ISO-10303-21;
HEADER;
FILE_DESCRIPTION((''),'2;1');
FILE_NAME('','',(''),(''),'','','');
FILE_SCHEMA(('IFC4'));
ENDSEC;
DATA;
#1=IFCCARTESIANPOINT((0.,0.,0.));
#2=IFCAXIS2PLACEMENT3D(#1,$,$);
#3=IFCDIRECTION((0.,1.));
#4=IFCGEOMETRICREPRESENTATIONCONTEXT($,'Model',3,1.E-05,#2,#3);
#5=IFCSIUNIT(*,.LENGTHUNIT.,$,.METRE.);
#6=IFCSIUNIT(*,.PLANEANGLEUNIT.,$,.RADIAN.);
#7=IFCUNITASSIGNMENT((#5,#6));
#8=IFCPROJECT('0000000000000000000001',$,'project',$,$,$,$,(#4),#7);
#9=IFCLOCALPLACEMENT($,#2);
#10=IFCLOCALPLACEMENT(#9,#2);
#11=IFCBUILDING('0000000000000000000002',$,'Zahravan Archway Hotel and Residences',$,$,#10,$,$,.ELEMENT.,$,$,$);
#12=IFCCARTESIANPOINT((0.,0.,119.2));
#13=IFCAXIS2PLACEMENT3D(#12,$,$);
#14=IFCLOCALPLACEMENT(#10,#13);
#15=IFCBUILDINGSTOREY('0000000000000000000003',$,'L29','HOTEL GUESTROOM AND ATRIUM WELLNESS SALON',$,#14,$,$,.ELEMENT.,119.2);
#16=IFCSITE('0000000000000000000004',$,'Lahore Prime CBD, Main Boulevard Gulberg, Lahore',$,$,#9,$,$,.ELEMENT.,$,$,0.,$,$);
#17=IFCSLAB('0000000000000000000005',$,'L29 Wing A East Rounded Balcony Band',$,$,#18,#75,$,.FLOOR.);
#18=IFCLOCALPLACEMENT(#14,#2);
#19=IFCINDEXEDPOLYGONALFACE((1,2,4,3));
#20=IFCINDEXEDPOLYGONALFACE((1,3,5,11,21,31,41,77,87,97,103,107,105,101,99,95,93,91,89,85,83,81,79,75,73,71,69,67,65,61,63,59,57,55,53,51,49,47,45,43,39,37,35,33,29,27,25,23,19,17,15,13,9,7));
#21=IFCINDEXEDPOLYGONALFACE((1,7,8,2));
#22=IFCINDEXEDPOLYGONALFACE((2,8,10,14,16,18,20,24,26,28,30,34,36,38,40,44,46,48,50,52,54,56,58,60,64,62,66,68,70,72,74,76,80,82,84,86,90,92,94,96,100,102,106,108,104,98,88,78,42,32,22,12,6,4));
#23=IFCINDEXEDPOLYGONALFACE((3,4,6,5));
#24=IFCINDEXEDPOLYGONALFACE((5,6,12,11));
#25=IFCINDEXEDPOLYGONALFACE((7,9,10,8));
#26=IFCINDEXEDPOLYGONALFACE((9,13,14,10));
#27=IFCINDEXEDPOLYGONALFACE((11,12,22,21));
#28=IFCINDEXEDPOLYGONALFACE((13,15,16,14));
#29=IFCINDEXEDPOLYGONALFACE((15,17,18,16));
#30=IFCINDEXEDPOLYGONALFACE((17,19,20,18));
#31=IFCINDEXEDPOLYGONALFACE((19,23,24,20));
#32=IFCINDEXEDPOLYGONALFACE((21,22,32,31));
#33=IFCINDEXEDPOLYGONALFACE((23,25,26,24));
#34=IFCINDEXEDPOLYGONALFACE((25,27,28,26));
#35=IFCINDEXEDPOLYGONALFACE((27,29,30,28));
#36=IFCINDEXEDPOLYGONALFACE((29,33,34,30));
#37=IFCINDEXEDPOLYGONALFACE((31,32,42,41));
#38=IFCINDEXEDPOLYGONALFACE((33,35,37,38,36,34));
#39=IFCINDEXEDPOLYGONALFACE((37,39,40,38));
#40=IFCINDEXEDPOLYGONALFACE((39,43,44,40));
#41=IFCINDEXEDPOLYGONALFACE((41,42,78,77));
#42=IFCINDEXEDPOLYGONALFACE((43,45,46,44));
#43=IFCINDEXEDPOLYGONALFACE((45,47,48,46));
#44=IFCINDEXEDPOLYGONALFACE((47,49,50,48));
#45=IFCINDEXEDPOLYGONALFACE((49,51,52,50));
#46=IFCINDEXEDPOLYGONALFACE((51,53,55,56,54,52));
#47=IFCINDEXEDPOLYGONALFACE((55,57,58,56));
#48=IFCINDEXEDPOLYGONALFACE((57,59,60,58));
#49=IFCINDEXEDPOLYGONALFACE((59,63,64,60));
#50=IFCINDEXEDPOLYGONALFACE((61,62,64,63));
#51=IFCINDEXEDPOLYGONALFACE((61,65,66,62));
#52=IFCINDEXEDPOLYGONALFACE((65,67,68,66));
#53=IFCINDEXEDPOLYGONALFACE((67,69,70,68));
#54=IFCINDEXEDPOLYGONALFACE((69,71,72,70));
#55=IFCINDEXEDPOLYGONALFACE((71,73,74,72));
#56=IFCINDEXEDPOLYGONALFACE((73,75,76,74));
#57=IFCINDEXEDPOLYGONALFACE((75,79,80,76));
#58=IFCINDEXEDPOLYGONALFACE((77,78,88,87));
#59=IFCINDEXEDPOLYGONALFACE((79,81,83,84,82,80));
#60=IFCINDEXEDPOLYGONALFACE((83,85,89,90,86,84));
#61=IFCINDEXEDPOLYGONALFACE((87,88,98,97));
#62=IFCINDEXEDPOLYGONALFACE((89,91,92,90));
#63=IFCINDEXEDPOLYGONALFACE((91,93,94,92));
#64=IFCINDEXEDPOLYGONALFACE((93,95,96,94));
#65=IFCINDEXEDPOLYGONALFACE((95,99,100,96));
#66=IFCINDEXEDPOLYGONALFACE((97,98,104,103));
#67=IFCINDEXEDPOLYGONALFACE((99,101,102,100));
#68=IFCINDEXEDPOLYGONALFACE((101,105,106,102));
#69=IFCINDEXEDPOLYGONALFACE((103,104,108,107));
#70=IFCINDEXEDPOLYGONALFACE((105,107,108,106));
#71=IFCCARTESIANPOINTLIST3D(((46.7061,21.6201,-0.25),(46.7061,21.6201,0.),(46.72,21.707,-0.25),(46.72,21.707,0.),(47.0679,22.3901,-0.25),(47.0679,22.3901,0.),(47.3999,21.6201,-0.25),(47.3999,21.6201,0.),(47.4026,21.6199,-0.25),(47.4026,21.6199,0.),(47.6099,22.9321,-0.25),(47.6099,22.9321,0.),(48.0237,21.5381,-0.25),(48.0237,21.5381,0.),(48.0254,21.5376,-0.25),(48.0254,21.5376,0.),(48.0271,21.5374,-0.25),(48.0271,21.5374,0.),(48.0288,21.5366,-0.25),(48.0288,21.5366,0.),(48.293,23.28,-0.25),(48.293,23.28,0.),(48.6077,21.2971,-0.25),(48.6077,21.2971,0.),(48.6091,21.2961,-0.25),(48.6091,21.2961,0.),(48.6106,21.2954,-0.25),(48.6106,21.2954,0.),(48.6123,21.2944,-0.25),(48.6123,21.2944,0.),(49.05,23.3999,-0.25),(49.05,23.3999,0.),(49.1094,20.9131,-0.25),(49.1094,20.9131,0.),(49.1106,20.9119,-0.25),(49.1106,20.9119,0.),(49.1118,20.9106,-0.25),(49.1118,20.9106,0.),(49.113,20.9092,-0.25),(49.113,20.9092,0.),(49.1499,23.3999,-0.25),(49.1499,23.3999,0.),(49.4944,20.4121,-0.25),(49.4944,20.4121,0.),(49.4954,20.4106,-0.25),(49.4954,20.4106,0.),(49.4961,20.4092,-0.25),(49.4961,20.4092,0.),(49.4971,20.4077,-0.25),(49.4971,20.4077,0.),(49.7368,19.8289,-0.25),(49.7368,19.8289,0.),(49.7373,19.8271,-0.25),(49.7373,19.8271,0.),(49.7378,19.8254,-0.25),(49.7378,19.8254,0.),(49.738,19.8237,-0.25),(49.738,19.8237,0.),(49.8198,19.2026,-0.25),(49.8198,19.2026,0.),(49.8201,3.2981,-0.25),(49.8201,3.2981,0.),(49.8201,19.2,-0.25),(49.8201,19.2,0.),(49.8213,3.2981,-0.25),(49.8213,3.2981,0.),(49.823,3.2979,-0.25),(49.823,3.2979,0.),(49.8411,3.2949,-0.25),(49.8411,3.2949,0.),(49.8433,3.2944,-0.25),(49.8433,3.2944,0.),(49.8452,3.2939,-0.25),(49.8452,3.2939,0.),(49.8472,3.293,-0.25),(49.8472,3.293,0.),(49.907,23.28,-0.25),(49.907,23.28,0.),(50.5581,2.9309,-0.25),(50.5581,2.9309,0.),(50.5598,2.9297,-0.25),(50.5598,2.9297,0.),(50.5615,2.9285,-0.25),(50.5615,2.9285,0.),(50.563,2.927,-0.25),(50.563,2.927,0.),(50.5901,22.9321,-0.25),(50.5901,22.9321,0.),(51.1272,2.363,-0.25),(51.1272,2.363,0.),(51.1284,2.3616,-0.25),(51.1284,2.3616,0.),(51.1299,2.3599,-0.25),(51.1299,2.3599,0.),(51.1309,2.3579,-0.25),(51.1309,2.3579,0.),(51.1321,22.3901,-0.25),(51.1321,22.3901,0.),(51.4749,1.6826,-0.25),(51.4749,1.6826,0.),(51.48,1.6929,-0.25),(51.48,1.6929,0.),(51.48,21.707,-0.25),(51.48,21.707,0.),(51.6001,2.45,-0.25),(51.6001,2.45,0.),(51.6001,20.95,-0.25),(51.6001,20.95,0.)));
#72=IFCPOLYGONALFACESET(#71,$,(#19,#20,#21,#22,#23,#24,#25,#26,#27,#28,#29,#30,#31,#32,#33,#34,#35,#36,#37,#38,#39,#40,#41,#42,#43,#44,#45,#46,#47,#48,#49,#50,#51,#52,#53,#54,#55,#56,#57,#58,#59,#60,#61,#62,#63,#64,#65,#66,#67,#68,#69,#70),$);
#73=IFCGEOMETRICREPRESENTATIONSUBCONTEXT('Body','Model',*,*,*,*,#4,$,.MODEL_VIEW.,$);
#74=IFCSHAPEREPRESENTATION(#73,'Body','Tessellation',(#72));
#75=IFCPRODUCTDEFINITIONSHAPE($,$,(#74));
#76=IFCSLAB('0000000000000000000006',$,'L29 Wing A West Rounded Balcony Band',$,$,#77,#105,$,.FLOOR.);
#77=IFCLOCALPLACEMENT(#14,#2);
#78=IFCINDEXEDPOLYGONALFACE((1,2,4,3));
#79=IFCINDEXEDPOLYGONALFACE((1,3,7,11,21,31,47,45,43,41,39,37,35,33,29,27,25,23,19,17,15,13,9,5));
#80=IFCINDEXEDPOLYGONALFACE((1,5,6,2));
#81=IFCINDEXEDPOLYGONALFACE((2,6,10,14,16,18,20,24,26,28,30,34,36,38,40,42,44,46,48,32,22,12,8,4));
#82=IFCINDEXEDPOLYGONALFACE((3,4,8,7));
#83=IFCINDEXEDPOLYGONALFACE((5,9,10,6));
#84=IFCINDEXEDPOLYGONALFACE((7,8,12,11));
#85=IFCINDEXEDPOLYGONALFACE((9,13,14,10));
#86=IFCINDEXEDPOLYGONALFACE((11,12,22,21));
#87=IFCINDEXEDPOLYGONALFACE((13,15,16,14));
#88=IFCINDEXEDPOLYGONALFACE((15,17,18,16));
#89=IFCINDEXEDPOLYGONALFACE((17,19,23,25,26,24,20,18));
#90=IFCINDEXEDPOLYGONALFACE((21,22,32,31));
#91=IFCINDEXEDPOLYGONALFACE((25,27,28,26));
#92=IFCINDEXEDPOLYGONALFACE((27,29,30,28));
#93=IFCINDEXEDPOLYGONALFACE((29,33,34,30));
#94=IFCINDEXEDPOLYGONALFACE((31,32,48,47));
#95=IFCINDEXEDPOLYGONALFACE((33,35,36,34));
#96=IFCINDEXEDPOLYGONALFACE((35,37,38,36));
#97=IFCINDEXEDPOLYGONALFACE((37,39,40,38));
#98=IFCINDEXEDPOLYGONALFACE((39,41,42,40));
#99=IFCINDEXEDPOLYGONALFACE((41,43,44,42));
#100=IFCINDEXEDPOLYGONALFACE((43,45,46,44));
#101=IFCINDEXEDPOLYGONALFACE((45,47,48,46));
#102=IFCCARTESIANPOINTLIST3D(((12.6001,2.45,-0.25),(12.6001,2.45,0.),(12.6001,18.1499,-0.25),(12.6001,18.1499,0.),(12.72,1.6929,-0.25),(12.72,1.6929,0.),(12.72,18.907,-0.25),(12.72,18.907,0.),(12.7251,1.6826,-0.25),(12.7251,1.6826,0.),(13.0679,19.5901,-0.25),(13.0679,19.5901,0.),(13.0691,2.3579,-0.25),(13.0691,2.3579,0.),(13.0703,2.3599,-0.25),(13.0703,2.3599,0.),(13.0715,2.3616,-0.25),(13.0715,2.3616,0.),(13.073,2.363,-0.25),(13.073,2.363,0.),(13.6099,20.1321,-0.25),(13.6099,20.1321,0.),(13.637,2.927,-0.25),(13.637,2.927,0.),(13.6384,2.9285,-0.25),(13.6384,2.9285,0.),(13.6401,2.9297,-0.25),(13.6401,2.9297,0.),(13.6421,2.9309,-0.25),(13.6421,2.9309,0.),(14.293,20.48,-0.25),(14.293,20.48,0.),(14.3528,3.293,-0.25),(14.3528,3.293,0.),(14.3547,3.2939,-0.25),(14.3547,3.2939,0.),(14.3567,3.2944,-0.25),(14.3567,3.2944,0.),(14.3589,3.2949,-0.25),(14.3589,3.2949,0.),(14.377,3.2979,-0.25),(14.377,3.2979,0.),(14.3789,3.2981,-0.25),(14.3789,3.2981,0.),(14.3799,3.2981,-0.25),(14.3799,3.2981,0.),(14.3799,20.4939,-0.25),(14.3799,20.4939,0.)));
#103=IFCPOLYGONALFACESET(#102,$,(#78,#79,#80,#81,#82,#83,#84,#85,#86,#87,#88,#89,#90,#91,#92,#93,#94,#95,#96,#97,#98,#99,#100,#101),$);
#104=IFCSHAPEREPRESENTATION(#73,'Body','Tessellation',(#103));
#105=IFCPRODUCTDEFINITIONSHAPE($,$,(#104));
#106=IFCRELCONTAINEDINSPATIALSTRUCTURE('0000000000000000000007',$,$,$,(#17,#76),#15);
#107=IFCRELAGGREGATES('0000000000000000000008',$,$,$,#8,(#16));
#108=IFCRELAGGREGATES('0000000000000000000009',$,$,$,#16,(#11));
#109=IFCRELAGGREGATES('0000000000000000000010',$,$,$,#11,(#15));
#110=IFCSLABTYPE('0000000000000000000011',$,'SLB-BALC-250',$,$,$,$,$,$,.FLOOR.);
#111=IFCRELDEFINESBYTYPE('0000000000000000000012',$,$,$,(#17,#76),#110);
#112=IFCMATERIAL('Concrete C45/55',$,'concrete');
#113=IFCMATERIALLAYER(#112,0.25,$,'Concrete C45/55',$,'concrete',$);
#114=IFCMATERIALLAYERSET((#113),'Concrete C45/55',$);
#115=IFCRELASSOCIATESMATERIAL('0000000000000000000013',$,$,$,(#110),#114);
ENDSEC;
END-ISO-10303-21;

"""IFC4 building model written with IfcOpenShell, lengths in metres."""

from ifc_helpers import new_model, si_unit, direction, frame, origin, place, context, subcontext, project, spatial, polyline, outline, extrude, material, layer, layer_set, type_object, element, save


model = new_model("IFC4")

# Units and contexts
model_context = context("Model", 3, precision=1e-05, world=origin(), true_north=direction((0.0, 1.0)))
body_context = subcontext(model_context, "Body", "Model", "MODEL_VIEW")
ifc_project = project(units=[si_unit("LENGTHUNIT", "METRE"), si_unit("PLANEANGLEUNIT", "RADIAN")], contexts=[model_context])

# Site, building, storey
site_placement = place(None, origin())
site = spatial("IfcSite", under=ifc_project, at=site_placement, Name="Lahore Prime CBD, Main Boulevard Gulberg, Lahore", CompositionType="ELEMENT", RefElevation=0.0)
building_placement = place(site_placement, origin())
building = spatial("IfcBuilding", under=site, at=building_placement, Name="Zahravan Archway Hotel and Residences", CompositionType="ELEMENT")
storey_placement = place(building_placement, frame((0.0, 0.0, 119.2)))
storey = spatial("IfcBuildingStorey", under=building, at=storey_placement, Name="L29", Description="HOTEL GUESTROOM AND ATRIUM WELLNESS SALON", CompositionType="ELEMENT", Elevation=119.2)

# Slabs
ifc_material_1 = material(Name="Concrete C45/55", Category="concrete")
ifc_layer_1 = layer(ifc_material_1, 0.25, Name="Concrete C45/55", Category="concrete")
ifc_layer_set_1 = layer_set([ifc_layer_1], Name="Concrete C45/55")
slab_type_1 = type_object("IfcSlabType", Name="SLB-BALC-250", PredefinedType="FLOOR", material=ifc_layer_set_1)
slab_1_placement = place(storey_placement, frame((0.0, 0.0, -0.25)))
element("IfcSlab", 1, at=slab_1_placement, inside=storey, type_object=slab_type_1, Name="L29 Wing A East Rounded Balcony Band", PredefinedType="FLOOR", context=body_context, shape_type="SweptSolid", body=[
    extrude(outline(polyline([(46.72, 21.707), (47.0679, 22.3901), (47.6099, 22.9321), (48.293, 23.28), (49.05, 23.3999), (49.1499, 23.3999), (49.907, 23.28), (50.5901, 22.9321), (51.1321, 22.3901), (51.48, 21.707), (51.6001, 20.95), (51.6001, 2.45), (51.48, 1.6929), (51.4749, 1.6826), (51.1309, 2.3579), (51.1299, 2.3599), (51.1284, 2.3616), (51.1272, 2.363), (50.563, 2.927), (50.5615, 2.9285), (50.5598, 2.9297), (50.5581, 2.9309), (49.8472, 3.293), (49.8452, 3.2939), (49.8433, 3.2944), (49.8411, 3.2949), (49.823, 3.2979), (49.8213, 3.2981), (49.8201, 3.2981), (49.8201, 19.2), (49.8198, 19.2026), (49.738, 19.8237), (49.7378, 19.8254), (49.7373, 19.8271), (49.7368, 19.8289), (49.4971, 20.4077), (49.4961, 20.4092), (49.4954, 20.4106), (49.4944, 20.4121), (49.113, 20.9092), (49.1118, 20.9106), (49.1106, 20.9119), (49.1094, 20.9131), (48.6123, 21.2944), (48.6106, 21.2954), (48.6091, 21.2961), (48.6077, 21.2971), (48.0288, 21.5366), (48.0271, 21.5374), (48.0254, 21.5376), (48.0237, 21.5381), (47.4026, 21.6199), (47.3999, 21.6201), (46.7061, 21.6201), (46.72, 21.707)])), origin(), (0.0, 0.0, 1.0), 0.25),
])
slab_2_placement = place(storey_placement, frame((0.0, 0.0, -0.25)))
element("IfcSlab", 2, at=slab_2_placement, inside=storey, type_object=slab_type_1, Name="L29 Wing A West Rounded Balcony Band", PredefinedType="FLOOR", context=body_context, shape_type="SweptSolid", body=[
    extrude(outline(polyline([(12.72, 1.6929), (12.6001, 2.45), (12.6001, 18.1499), (12.72, 18.907), (13.0679, 19.5901), (13.6099, 20.1321), (14.293, 20.48), (14.3799, 20.4939), (14.3799, 3.2981), (14.3789, 3.2981), (14.377, 3.2979), (14.3589, 3.2949), (14.3567, 3.2944), (14.3547, 3.2939), (14.3528, 3.293), (13.6421, 2.9309), (13.6401, 2.9297), (13.6384, 2.9285), (13.637, 2.927), (13.073, 2.363), (13.0715, 2.3616), (13.0703, 2.3599), (13.0691, 2.3579), (12.7251, 1.6826), (12.72, 1.6929)])), origin(), (0.0, 0.0, 1.0), 0.25),
])

save(model, "model.ifc")
